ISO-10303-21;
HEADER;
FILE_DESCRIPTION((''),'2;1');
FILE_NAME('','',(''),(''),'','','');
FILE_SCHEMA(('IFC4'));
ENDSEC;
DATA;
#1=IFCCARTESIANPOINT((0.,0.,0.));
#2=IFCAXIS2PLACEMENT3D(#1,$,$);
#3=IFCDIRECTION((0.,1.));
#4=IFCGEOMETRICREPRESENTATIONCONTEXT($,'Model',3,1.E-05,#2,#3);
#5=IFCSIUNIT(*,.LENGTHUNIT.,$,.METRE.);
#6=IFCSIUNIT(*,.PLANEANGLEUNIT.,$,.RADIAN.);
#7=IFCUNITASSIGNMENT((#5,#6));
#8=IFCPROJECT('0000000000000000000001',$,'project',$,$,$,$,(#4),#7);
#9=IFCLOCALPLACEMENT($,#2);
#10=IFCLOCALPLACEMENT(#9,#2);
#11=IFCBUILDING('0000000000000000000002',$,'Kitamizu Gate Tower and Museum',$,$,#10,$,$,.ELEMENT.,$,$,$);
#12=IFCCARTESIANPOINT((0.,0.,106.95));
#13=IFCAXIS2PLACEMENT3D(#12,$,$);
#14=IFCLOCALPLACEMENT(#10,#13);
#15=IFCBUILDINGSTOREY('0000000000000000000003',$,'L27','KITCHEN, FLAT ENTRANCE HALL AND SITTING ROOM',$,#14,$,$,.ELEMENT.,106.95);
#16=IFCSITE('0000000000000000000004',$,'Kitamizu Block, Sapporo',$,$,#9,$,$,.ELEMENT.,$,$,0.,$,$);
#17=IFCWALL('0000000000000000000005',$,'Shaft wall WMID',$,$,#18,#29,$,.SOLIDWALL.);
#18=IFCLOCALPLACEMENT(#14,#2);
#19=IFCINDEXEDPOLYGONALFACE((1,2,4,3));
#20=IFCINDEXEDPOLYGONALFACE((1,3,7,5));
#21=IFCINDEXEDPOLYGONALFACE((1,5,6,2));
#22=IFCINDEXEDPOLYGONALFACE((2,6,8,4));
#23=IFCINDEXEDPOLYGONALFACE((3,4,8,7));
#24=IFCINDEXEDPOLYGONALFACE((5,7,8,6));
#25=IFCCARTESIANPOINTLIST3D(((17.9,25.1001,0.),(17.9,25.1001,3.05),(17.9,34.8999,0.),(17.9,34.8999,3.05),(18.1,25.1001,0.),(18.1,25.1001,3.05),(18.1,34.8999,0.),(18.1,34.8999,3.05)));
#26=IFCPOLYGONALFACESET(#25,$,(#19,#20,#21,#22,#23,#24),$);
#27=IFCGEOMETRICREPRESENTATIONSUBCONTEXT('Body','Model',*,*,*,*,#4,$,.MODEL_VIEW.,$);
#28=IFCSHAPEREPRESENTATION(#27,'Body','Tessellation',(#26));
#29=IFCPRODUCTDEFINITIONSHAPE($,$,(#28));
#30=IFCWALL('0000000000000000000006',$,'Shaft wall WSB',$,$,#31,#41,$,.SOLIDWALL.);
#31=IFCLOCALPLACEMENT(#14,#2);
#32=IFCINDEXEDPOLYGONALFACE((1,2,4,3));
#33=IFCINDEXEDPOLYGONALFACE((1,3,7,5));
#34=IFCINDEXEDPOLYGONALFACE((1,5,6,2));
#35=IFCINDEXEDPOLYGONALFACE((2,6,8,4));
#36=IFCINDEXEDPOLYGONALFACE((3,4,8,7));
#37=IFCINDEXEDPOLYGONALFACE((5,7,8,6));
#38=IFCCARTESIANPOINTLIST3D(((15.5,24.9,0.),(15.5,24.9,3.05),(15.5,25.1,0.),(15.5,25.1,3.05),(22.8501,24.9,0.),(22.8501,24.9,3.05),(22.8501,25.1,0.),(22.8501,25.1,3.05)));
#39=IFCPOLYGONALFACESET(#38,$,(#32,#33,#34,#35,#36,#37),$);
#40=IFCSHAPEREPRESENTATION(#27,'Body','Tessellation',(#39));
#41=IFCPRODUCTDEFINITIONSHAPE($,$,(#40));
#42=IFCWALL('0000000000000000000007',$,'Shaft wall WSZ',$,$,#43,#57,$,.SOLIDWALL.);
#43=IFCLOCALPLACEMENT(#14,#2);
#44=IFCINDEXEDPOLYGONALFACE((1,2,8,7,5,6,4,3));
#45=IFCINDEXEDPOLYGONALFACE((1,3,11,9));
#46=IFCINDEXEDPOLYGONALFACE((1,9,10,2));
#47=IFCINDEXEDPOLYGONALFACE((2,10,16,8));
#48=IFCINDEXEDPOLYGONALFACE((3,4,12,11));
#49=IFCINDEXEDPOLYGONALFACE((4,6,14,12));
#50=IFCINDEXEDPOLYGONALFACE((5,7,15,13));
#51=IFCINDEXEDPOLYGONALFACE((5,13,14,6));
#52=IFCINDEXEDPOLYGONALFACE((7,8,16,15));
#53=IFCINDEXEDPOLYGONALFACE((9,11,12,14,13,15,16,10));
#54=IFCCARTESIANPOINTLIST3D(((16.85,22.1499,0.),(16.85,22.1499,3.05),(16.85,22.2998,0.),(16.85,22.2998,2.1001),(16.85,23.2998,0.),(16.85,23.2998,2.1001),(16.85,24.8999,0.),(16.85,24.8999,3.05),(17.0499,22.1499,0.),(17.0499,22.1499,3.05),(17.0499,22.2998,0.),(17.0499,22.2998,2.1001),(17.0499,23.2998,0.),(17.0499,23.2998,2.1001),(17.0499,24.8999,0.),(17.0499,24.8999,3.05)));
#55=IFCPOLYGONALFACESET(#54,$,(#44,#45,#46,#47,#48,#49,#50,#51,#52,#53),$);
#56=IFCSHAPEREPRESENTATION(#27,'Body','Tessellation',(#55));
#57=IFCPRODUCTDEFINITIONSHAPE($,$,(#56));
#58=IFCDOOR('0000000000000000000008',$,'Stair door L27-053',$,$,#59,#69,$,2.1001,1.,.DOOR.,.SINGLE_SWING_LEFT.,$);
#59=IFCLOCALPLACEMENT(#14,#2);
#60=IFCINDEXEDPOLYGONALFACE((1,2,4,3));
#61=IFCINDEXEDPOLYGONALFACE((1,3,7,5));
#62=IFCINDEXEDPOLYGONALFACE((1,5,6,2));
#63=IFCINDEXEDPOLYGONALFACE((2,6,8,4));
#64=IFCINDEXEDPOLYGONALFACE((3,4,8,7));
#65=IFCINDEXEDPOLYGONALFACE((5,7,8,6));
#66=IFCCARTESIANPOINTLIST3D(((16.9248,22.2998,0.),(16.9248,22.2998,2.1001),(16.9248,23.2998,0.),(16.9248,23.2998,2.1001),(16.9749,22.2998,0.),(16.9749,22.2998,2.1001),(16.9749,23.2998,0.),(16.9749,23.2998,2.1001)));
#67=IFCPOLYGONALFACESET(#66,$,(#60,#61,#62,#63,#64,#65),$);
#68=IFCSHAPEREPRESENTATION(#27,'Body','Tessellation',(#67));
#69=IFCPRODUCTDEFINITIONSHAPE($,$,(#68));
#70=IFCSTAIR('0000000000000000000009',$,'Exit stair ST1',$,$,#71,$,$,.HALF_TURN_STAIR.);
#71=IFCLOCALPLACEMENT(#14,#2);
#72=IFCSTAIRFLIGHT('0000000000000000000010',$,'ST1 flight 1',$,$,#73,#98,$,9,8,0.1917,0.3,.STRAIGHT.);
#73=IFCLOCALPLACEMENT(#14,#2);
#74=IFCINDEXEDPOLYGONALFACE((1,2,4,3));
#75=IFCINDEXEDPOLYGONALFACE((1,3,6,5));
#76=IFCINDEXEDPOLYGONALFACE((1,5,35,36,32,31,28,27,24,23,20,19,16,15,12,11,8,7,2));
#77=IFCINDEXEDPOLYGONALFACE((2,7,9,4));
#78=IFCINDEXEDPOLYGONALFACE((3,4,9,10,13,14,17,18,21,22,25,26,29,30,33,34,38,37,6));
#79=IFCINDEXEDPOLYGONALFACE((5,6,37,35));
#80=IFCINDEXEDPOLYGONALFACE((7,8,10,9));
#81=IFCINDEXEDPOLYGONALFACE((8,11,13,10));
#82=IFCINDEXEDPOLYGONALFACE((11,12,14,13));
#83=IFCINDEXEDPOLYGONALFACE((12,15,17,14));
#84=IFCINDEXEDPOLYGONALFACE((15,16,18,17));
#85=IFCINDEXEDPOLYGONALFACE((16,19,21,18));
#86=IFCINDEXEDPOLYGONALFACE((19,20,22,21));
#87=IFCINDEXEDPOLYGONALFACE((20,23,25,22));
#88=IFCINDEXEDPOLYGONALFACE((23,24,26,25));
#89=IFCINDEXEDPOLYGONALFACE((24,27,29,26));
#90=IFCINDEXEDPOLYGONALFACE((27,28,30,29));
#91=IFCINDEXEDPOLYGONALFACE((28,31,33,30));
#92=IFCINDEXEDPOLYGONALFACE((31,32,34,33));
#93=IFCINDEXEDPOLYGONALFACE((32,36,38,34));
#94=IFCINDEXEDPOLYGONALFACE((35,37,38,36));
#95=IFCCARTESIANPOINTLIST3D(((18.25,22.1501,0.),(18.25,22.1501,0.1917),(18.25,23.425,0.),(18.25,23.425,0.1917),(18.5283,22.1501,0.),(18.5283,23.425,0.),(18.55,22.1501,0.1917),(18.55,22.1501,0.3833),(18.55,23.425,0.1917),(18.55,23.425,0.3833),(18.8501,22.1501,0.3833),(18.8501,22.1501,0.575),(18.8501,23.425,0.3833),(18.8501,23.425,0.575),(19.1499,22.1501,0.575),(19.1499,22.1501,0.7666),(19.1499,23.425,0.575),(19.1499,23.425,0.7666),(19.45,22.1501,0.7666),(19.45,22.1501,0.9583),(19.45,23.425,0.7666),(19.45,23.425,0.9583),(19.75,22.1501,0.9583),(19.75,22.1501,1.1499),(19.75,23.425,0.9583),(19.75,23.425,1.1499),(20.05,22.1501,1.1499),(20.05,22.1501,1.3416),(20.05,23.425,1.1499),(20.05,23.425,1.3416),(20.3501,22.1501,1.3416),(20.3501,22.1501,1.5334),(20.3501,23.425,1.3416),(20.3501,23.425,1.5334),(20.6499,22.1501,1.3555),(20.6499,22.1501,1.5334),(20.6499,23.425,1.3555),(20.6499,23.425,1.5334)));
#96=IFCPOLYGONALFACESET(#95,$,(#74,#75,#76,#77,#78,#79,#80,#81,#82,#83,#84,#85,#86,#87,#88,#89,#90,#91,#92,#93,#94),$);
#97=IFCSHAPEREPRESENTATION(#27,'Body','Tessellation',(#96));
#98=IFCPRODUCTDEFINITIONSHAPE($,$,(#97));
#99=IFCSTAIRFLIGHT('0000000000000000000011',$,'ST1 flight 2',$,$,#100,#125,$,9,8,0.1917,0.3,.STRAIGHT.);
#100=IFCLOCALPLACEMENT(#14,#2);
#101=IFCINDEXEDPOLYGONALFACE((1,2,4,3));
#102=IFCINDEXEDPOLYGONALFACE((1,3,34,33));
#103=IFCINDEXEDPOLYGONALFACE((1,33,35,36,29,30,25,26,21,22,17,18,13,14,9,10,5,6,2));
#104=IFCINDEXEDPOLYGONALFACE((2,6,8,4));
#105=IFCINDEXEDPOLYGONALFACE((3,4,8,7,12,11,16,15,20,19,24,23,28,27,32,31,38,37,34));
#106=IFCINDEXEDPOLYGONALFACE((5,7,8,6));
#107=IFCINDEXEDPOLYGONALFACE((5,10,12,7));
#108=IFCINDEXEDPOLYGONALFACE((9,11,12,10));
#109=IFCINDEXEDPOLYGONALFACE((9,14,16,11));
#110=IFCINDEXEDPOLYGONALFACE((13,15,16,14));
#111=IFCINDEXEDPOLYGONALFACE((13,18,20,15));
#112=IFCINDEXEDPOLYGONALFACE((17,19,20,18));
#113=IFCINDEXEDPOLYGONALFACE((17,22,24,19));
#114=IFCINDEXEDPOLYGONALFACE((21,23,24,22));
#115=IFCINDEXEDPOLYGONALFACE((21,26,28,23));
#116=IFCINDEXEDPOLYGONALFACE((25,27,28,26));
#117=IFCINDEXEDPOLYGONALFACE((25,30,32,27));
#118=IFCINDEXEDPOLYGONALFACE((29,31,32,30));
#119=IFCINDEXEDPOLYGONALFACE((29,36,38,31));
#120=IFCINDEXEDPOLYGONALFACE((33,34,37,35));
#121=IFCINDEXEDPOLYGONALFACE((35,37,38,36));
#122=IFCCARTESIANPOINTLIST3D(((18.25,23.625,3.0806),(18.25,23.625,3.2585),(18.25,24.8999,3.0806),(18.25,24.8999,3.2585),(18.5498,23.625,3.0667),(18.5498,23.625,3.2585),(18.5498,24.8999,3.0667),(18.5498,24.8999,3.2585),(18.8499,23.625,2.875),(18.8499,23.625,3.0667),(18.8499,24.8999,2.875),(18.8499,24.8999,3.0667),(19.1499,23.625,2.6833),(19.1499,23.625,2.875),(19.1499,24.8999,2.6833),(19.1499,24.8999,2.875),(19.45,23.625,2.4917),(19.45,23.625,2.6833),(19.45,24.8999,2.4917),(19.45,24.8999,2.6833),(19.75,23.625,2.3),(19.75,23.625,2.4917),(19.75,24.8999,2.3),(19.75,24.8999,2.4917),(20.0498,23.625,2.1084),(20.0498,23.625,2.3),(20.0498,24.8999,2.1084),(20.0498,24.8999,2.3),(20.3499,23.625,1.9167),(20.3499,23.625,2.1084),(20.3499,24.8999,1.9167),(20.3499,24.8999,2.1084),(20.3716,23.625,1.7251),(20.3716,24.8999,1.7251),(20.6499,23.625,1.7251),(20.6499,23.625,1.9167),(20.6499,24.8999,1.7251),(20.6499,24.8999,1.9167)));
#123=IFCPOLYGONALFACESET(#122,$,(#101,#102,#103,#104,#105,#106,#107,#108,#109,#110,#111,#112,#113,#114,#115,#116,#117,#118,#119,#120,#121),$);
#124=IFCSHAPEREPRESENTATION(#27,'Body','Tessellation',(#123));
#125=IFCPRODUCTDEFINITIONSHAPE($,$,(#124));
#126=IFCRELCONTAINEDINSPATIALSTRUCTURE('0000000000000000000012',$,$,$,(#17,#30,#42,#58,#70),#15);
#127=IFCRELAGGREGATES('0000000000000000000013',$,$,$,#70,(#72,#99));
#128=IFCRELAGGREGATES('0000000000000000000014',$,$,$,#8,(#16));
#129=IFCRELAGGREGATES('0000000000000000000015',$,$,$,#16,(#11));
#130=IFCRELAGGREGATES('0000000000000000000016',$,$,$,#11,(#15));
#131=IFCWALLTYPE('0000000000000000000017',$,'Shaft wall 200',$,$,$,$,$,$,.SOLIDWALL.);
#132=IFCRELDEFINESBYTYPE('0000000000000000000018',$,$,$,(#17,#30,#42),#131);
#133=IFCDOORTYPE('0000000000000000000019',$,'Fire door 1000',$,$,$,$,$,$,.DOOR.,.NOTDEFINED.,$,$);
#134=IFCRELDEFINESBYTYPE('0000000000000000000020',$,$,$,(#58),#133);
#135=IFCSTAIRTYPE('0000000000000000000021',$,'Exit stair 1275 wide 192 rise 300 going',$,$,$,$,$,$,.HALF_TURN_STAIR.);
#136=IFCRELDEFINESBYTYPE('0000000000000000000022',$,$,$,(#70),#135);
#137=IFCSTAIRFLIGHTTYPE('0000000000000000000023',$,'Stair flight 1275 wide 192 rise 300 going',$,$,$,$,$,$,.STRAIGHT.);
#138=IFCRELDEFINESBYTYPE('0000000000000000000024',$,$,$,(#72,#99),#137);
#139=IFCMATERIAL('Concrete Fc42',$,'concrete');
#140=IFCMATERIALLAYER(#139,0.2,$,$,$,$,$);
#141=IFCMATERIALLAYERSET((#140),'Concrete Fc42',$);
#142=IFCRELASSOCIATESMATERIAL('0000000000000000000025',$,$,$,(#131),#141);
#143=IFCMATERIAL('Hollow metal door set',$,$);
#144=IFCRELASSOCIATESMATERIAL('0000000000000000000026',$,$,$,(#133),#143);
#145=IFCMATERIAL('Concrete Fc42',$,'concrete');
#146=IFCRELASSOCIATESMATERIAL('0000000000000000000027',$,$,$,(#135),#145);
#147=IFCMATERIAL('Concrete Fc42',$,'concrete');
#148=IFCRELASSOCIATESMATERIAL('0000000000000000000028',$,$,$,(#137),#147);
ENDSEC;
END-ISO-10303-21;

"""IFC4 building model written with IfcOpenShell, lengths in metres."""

from ifc_helpers import new_model, si_unit, direction, frame, frame_2d, origin, place, context, subcontext, project, spatial, polyline, rectangle, outline, extrude, material, layer, layer_set, type_object, element, fill, aggregate, save


model = new_model("IFC4")

# Units and contexts
model_context = context("Model", 3, precision=1e-05, world=origin(), true_north=direction((0.0, 1.0)))
body_context = subcontext(model_context, "Body", "Model", "MODEL_VIEW")
ifc_project = project(units=[si_unit("LENGTHUNIT", "METRE"), si_unit("PLANEANGLEUNIT", "RADIAN")], contexts=[model_context])

# Site, building, storey
site_placement = place(None, origin())
site = spatial("IfcSite", under=ifc_project, at=site_placement, Name="Kitamizu Block, Sapporo", CompositionType="ELEMENT", RefElevation=0.0)
building_placement = place(site_placement, origin())
building = spatial("IfcBuilding", under=site, at=building_placement, Name="Kitamizu Gate Tower and Museum", CompositionType="ELEMENT")
storey_placement = place(building_placement, frame((0.0, 0.0, 106.95)))
storey = spatial("IfcBuildingStorey", under=building, at=storey_placement, Name="L27", Description="KITCHEN, FLAT ENTRANCE HALL AND SITTING ROOM", CompositionType="ELEMENT", Elevation=106.95)

# Shared definitions
ifc_material_1 = material(Name="Concrete Fc42", Category="concrete")
ifc_layer_1 = layer(ifc_material_1, 0.2)
ifc_layer_set_1 = layer_set([ifc_layer_1], Name="Concrete Fc42")
wall_type_1 = type_object("IfcWallType", Name="Shaft wall 200", PredefinedType="SOLIDWALL", material=ifc_layer_set_1)
ifc_material_2 = material(Name="Hollow metal door set")
door_type_1 = type_object("IfcDoorType", Name="Fire door 1000", OperationType="NOTDEFINED", PredefinedType="DOOR", material=ifc_material_2)

# Walls
wall_1_placement = place(storey_placement, frame((18.0, 25.1001, 0.0), z_axis=(0.0, 0.0, 1.0), x_axis=(0.0, 1.0, 0.0)))
element("IfcWall", 1, at=wall_1_placement, inside=storey, type_object=wall_type_1, Name="Shaft wall WMID", PredefinedType="SOLIDWALL", context=body_context, shape_type="SweptSolid", body=[
    extrude(rectangle(XDim=9.7998, YDim=0.2, at=frame_2d((4.8999, 0.0))), origin(), (0.0, 0.0, 1.0), 3.05),
])
wall_2_placement = place(storey_placement, frame((15.5, 25.0, 0.0), z_axis=(0.0, 0.0, 1.0), x_axis=(1.0, 0.0, 0.0)))
element("IfcWall", 2, at=wall_2_placement, inside=storey, type_object=wall_type_1, Name="Shaft wall WSB", PredefinedType="SOLIDWALL", context=body_context, shape_type="SweptSolid", body=[
    extrude(rectangle(XDim=7.3501, YDim=0.2, at=frame_2d((3.675, 0.0))), origin(), (0.0, 0.0, 1.0), 3.05),
])

# Wall, opening, door
wall_3_placement = place(storey_placement, frame((16.95, 22.1499, 0.0), z_axis=(0.0, 0.0, 1.0), x_axis=(0.0, 1.0, 0.0)))
wall_3 = element("IfcWall", 3, at=wall_3_placement, inside=storey, type_object=wall_type_1, Name="Shaft wall WSZ", PredefinedType="SOLIDWALL", context=body_context, shape_type="SweptSolid", body=[
    extrude(rectangle(XDim=2.75, YDim=0.2, at=frame_2d((1.375, 0.0))), origin(), (0.0, 0.0, 1.0), 3.05),
])
opening_1_placement = place(wall_3_placement, frame((0.1499, 0.0, 0.0)))
opening_1 = element("IfcOpeningElement", 4, at=opening_1_placement, cuts=wall_3, PredefinedType="OPENING", context=body_context, shape_type="SweptSolid", body=[
    extrude(rectangle(XDim=1.0, YDim=2.1001, at=frame_2d((0.5, 1.05))), frame((0.0, 0.1099, 0.0), z_axis=(0.0, -1.0, 0.0), x_axis=(1.0, 0.0, 0.0)), (0.0, 0.0, 1.0), 0.22),
])
door_1_placement = place(opening_1_placement, frame((1.0, 0.0, 0.0), x_axis=(-1.0, 0.0, 0.0)))
door_1 = element("IfcDoor", 5, at=door_1_placement, inside=storey, type_object=door_type_1, Name="Stair door L27-053", OperationType="SINGLE_SWING_LEFT", OverallHeight=2.1001, OverallWidth=1.0, PredefinedType="DOOR", context=body_context, shape_type="SweptSolid", body=[
    extrude(rectangle(XDim=1.0, YDim=2.1001, at=frame_2d((0.5, 1.05))), frame((0.0, 0.0249, 0.0), z_axis=(0.0, -1.0, 0.0), x_axis=(1.0, 0.0, 0.0)), (0.0, 0.0, 1.0), 0.05),
])
fill(opening_1, door_1)

# Stair, stair flights
ifc_material_3 = material(Name="Concrete Fc42", Category="concrete")
stair_type = type_object("IfcStairType", Name="Exit stair 1275 wide 192 rise 300 going", PredefinedType="HALF_TURN_STAIR", material=ifc_material_3)
stair_placement = place(storey_placement, origin())
stair = element("IfcStair", 6, at=stair_placement, inside=storey, type_object=stair_type, Name="Exit stair ST1", PredefinedType="HALF_TURN_STAIR")
ifc_material_4 = material(Name="Concrete Fc42", Category="concrete")
stair_flight_type = type_object("IfcStairFlightType", Name="Stair flight 1275 wide 192 rise 300 going", PredefinedType="STRAIGHT", material=ifc_material_4)
stair_flight_1_placement = place(storey_placement, frame((18.25, 22.7876, 0.0), z_axis=(0.0, 0.0, 1.0), x_axis=(1.0, 0.0, 0.0)))
stair_flight_1 = element("IfcStairFlight", 7, at=stair_flight_1_placement, type_object=stair_flight_type, Name="ST1 flight 1", NumberOfRisers=9, NumberOfTreads=8, PredefinedType="STRAIGHT", RiserHeight=0.1917, TreadLength=0.3, context=body_context, shape_type="SweptSolid", body=[
    extrude(outline(polyline([(0.0, 0.0), (0.0, 0.1917), (0.3, 0.1917), (0.3, 0.3833), (0.6001, 0.3833), (0.6001, 0.575), (0.8999, 0.575), (0.8999, 0.7666), (1.2, 0.7666), (1.2, 0.9583), (1.5, 0.9583), (1.5, 1.1499), (1.8, 1.1499), (1.8, 1.3416), (2.1001, 1.3416), (2.1001, 1.5334), (2.3999, 1.5334), (2.3999, 1.7251), (2.3999, 1.3555), (0.2783, 0.0), (0.0, 0.0)])), frame((0.0, 0.6375, 0.0), z_axis=(0.0, -1.0, 0.0), x_axis=(1.0, 0.0, 0.0)), (0.0, 0.0, 1.0), 1.2749),
])
stair_flight_2_placement = place(storey_placement, frame((20.6499, 24.2625, 1.7251), z_axis=(0.0, 0.0, 1.0), x_axis=(-1.0, 0.0, 0.0)))
stair_flight_2 = element("IfcStairFlight", 8, at=stair_flight_2_placement, type_object=stair_flight_type, Name="ST1 flight 2", NumberOfRisers=9, NumberOfTreads=8, PredefinedType="STRAIGHT", RiserHeight=0.1917, TreadLength=0.3, context=body_context, shape_type="SweptSolid", body=[
    extrude(outline(polyline([(0.0, 0.0), (0.0, 0.1917), (0.3, 0.1917), (0.3, 0.3833), (0.6001, 0.3833), (0.6001, 0.575), (0.8999, 0.575), (0.8999, 0.7666), (1.2, 0.7666), (1.2, 0.9583), (1.5, 0.9583), (1.5, 1.1499), (1.8, 1.1499), (1.8, 1.3416), (2.1001, 1.3416), (2.1001, 1.5334), (2.3999, 1.5334), (2.3999, 1.7251), (2.3999, 1.3555), (0.2783, 0.0), (0.0, 0.0)])), frame((0.0, 0.6375, 0.0), z_axis=(0.0, -1.0, 0.0), x_axis=(1.0, 0.0, 0.0)), (0.0, 0.0, 1.0), 1.2749),
])
aggregate(stair, [stair_flight_1, stair_flight_2])

save(model, "model.ifc")
